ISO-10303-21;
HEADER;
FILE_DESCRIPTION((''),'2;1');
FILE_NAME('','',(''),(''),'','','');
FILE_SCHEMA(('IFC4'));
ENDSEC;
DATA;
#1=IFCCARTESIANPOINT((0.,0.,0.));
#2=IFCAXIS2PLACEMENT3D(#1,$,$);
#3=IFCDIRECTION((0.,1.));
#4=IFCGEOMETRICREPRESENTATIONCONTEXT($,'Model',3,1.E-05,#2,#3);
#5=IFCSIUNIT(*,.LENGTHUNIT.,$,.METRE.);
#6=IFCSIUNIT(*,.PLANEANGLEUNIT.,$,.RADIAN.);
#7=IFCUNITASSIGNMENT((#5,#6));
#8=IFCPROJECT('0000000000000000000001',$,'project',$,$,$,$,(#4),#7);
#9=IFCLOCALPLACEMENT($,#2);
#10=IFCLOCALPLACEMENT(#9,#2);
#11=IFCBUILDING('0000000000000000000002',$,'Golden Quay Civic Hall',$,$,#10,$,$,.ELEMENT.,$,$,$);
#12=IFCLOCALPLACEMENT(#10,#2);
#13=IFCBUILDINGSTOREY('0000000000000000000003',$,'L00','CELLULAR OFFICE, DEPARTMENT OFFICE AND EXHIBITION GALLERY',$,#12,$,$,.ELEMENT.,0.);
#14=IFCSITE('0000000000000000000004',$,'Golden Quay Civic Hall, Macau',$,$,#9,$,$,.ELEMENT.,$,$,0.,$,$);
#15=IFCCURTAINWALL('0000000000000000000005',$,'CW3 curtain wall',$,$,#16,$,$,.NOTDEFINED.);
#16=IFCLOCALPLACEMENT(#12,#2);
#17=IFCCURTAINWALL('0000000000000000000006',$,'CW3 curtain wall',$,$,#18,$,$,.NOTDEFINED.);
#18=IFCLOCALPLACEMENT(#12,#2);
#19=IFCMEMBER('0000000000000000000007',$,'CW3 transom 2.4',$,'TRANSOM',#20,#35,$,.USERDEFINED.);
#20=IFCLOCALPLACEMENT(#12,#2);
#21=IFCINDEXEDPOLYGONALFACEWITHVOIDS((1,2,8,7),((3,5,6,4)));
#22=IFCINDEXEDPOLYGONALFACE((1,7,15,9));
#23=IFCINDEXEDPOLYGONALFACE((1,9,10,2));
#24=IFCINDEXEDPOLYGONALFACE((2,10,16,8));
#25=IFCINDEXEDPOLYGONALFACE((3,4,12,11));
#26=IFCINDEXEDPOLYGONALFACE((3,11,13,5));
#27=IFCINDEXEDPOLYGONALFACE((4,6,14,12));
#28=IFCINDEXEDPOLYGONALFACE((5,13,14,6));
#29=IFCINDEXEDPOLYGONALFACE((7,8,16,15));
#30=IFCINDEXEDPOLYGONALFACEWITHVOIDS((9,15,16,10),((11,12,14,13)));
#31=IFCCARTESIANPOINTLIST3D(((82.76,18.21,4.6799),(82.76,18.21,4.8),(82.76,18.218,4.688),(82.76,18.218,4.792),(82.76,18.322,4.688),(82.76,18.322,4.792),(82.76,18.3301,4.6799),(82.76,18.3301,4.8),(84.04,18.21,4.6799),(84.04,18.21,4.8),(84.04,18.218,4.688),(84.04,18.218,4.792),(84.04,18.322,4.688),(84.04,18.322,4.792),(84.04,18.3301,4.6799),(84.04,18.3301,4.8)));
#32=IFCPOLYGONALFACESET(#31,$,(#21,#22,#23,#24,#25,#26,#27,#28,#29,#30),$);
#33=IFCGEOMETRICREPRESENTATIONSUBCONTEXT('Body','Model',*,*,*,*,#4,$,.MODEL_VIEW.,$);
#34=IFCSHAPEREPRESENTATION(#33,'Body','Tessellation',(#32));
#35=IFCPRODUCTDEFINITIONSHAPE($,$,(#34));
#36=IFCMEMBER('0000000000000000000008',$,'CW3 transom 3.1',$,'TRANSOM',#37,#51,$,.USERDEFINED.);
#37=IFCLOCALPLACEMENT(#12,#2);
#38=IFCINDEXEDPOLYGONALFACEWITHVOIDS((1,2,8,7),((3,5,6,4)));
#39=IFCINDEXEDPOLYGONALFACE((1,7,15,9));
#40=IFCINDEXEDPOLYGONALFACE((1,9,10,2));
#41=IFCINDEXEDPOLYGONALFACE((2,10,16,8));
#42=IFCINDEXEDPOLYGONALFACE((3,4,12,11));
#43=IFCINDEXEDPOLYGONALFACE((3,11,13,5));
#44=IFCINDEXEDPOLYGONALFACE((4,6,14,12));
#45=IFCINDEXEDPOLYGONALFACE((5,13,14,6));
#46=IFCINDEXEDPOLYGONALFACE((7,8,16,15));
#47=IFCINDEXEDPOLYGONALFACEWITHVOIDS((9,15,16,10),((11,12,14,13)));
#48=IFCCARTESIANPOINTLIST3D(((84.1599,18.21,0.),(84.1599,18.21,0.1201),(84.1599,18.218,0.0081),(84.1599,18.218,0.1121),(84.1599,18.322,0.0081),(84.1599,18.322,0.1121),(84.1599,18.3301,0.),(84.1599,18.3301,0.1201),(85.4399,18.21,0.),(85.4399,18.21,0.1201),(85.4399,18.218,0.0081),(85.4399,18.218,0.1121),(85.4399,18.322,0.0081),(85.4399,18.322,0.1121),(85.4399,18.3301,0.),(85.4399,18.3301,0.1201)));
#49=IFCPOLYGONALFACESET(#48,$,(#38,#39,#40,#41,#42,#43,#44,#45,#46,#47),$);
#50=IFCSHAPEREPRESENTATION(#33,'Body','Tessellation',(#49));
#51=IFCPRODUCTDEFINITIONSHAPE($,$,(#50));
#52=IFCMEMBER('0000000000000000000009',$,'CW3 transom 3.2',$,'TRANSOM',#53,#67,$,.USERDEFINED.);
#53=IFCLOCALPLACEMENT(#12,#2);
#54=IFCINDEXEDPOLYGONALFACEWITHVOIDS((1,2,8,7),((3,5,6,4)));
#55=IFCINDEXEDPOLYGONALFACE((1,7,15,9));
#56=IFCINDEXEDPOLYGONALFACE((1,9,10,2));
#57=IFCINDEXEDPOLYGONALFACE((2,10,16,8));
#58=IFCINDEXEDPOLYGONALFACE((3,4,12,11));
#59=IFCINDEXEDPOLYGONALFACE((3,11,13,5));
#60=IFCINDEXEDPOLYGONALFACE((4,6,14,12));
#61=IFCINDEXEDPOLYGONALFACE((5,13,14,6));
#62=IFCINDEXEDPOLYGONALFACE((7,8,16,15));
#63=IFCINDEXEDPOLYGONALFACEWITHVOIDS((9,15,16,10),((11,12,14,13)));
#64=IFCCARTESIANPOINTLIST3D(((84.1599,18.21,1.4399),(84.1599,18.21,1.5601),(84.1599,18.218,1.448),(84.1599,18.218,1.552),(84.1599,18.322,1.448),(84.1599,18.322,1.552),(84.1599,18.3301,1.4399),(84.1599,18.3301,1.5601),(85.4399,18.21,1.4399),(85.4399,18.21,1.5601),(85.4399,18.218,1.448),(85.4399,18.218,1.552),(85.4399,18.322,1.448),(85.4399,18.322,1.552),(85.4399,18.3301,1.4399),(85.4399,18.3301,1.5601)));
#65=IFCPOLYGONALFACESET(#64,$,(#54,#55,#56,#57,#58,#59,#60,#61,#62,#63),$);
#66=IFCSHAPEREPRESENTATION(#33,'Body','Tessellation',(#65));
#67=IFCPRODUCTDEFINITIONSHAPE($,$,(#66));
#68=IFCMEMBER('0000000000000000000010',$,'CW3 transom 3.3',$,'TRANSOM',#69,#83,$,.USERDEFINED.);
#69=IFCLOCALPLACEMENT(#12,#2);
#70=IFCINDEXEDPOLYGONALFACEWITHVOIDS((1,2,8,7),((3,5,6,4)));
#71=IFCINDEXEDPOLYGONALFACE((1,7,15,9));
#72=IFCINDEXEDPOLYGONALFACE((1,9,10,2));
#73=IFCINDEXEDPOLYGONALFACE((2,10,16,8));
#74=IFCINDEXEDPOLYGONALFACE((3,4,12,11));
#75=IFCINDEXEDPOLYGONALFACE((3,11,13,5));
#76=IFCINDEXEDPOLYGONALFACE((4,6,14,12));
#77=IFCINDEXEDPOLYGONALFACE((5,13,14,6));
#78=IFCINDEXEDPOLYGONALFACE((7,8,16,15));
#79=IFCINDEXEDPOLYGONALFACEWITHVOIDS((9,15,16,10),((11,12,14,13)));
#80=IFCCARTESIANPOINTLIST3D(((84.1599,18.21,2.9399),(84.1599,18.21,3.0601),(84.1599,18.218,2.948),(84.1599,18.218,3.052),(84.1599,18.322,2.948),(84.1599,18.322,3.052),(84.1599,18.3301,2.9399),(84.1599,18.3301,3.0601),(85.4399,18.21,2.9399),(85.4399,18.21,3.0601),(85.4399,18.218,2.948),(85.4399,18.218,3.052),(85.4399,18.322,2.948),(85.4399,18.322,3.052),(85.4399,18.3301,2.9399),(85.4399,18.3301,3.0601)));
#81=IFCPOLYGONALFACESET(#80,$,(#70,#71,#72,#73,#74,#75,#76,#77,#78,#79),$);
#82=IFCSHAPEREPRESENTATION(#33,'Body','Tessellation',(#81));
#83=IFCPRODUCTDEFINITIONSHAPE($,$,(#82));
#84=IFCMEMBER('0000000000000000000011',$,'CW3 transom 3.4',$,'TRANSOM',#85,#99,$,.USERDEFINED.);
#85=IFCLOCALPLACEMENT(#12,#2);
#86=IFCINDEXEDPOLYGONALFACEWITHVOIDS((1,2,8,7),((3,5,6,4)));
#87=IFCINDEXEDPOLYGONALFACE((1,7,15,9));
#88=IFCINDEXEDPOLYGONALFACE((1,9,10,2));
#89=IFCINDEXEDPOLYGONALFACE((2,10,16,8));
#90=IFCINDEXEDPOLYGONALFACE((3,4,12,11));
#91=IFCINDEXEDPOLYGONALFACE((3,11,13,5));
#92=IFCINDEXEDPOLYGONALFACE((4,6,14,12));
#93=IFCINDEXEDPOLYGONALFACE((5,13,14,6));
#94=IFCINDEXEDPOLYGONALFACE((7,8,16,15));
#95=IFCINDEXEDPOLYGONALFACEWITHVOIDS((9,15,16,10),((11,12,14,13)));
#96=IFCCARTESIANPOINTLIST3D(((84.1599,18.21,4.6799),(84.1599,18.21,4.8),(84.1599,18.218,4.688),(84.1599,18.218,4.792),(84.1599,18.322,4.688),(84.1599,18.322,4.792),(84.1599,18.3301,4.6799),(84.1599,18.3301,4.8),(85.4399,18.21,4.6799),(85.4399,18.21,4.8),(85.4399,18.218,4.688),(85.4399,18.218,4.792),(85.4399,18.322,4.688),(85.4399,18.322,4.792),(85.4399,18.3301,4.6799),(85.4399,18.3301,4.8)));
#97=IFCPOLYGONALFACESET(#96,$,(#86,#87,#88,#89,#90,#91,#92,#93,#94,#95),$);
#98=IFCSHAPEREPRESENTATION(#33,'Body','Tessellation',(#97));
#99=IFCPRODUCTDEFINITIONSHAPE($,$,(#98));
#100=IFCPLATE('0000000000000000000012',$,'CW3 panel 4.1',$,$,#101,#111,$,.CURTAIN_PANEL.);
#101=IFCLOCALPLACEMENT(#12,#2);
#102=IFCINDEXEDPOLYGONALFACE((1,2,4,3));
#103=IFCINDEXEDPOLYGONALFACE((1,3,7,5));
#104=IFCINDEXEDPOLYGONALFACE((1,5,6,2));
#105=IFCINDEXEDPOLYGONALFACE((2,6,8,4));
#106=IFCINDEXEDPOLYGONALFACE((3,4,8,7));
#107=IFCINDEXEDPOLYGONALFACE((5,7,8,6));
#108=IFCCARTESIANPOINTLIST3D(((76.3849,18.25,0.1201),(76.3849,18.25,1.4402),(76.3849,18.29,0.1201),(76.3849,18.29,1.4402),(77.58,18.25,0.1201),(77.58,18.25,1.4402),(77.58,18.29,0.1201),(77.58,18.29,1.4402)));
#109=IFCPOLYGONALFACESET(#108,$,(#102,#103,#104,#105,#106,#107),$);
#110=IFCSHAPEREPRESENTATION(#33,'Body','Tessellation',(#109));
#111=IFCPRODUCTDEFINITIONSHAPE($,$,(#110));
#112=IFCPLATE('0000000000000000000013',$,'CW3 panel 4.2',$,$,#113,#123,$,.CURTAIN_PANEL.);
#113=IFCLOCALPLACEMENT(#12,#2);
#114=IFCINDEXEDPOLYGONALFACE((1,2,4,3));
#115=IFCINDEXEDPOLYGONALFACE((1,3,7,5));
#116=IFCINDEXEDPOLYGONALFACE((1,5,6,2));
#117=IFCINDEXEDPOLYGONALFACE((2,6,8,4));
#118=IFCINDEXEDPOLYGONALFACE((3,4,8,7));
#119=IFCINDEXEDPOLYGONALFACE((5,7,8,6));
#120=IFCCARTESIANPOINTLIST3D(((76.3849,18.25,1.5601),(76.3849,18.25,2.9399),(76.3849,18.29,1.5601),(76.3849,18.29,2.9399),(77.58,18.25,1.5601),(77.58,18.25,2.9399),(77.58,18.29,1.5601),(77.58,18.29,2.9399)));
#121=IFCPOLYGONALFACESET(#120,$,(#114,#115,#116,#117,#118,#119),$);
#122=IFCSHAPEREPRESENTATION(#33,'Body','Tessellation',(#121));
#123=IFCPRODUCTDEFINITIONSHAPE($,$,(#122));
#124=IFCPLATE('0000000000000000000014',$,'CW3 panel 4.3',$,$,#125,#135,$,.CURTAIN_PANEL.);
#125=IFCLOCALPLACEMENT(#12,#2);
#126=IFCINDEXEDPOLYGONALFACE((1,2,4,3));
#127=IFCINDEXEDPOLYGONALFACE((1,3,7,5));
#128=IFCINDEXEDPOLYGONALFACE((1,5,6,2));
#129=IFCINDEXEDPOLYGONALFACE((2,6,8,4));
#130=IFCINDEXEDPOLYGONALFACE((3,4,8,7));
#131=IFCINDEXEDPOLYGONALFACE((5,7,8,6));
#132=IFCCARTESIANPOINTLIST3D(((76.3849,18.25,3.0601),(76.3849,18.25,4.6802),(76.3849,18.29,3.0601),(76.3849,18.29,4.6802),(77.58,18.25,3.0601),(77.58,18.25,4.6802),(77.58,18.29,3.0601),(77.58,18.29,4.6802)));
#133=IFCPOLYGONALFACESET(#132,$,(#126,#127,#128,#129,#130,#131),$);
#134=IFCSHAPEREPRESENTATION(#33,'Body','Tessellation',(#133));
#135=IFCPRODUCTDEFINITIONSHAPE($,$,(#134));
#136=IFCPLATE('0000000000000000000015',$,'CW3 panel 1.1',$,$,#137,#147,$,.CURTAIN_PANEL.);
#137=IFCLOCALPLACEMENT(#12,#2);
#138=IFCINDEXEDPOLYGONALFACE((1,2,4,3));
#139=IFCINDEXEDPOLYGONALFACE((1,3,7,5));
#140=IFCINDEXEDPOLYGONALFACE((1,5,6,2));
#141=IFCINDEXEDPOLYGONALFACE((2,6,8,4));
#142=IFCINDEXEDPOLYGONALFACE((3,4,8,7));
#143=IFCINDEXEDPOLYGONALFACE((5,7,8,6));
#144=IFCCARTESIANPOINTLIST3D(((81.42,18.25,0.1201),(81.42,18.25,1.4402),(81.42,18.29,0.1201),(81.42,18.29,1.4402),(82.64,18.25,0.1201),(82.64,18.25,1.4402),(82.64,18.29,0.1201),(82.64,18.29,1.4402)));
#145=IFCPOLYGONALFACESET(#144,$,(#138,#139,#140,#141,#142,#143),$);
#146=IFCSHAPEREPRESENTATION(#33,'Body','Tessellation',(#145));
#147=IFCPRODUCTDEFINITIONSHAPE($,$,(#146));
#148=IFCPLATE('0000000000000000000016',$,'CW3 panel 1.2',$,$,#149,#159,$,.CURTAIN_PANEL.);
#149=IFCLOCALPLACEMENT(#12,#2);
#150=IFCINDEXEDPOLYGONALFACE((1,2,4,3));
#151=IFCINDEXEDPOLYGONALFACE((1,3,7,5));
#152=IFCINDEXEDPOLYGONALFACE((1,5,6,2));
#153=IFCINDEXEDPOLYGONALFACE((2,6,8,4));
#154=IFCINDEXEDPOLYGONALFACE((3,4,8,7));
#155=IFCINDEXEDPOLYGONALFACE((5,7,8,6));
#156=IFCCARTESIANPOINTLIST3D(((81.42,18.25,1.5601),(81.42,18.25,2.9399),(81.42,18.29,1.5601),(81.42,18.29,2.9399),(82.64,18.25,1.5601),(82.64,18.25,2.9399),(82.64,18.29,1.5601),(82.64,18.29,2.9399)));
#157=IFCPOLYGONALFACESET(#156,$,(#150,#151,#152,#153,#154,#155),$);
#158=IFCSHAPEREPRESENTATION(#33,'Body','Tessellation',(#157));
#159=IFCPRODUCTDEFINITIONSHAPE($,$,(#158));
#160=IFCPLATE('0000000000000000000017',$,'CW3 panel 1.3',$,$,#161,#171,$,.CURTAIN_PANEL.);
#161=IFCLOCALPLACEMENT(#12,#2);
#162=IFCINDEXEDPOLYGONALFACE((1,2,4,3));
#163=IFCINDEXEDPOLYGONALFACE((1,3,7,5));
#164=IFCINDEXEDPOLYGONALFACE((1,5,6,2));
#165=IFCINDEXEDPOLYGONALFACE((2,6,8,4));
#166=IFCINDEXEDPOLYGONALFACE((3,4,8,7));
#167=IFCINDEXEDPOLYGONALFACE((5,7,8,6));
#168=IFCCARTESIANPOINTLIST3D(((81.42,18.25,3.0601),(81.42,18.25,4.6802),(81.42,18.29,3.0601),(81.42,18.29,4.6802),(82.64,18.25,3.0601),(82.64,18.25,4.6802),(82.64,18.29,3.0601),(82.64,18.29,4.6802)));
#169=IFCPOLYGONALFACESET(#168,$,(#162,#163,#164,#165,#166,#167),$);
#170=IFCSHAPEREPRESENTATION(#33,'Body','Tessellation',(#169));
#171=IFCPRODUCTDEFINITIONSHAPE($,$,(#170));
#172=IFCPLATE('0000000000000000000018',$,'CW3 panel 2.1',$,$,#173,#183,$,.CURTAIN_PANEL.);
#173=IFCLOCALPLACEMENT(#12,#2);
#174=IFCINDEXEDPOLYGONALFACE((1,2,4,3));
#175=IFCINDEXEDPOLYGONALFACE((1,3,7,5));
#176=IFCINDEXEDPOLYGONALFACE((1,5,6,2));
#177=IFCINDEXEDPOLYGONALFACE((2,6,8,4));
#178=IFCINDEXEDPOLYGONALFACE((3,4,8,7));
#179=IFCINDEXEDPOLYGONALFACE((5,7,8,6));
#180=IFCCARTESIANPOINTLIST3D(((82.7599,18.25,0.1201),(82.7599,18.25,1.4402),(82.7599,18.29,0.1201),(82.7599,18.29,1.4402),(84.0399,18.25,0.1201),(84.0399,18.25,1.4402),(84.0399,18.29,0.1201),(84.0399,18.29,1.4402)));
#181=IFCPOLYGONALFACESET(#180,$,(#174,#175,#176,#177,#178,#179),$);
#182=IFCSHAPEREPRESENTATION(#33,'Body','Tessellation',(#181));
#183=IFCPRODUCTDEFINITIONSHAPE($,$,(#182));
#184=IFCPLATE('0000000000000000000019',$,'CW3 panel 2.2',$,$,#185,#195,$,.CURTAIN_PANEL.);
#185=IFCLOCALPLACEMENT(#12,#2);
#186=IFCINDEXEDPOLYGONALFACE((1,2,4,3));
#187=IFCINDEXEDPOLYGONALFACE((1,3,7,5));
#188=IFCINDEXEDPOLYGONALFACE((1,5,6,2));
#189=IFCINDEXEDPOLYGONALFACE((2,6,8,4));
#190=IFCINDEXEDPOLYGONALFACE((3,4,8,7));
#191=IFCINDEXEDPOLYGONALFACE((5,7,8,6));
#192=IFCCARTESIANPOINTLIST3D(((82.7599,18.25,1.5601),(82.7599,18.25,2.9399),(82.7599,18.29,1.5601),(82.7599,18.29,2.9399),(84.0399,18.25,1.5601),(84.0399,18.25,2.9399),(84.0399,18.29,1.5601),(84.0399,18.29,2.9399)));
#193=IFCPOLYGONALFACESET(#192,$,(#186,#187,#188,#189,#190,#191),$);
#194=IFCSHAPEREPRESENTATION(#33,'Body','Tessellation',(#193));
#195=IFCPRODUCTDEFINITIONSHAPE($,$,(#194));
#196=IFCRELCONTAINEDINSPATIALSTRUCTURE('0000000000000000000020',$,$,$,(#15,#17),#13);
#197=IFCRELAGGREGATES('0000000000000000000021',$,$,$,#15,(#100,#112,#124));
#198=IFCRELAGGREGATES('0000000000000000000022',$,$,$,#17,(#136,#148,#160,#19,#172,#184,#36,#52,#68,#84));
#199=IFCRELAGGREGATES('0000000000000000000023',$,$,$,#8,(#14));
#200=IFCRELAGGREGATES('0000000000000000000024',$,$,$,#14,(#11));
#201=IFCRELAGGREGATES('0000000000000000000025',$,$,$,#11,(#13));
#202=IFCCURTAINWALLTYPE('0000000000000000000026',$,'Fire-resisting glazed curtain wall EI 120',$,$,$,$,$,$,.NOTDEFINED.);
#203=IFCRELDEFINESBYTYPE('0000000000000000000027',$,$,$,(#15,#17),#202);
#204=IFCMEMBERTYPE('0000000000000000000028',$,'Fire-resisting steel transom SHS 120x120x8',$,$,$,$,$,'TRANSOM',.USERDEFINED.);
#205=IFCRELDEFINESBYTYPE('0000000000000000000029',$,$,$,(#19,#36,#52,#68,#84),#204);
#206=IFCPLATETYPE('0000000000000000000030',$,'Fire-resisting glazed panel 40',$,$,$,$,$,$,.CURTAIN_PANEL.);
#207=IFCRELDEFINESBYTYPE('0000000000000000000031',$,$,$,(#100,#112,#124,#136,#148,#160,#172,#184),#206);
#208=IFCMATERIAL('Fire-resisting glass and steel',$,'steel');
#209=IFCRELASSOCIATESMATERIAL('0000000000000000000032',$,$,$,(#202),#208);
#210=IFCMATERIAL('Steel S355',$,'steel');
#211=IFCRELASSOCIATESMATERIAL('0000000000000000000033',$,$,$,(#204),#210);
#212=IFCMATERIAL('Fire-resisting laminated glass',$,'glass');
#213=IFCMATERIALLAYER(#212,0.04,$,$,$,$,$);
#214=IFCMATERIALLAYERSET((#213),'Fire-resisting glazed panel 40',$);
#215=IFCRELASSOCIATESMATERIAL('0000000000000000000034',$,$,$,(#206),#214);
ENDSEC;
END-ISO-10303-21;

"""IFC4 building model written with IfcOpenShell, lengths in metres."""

from ifc_helpers import new_model, si_unit, direction, frame, origin, origin_2d, place, context, subcontext, project, spatial, rectangle, hollow_rectangle, extrude, material, layer, layer_set, material_profile, profile_set, type_object, element, aggregate, save


model = new_model("IFC4")

# Units and contexts
model_context = context("Model", 3, precision=1e-05, world=origin(), true_north=direction((0.0, 1.0)))
body_context = subcontext(model_context, "Body", "Model", "MODEL_VIEW")
ifc_project = project(units=[si_unit("LENGTHUNIT", "METRE"), si_unit("PLANEANGLEUNIT", "RADIAN")], contexts=[model_context])

# Site, building, storey
site_placement = place(None, origin())
site = spatial("IfcSite", under=ifc_project, at=site_placement, Name="Golden Quay Civic Hall, Macau", CompositionType="ELEMENT", RefElevation=0.0)
building_placement = place(site_placement, origin())
building = spatial("IfcBuilding", under=site, at=building_placement, Name="Golden Quay Civic Hall", CompositionType="ELEMENT")
storey_placement = place(building_placement, origin())
storey = spatial("IfcBuildingStorey", under=building, at=storey_placement, Name="L00", Description="CELLULAR OFFICE, DEPARTMENT OFFICE AND EXHIBITION GALLERY", CompositionType="ELEMENT", Elevation=0.0)

# Curtain wall
ifc_material_1 = material(Name="Fire-resisting glass and steel", Category="steel")
curtain_wall_type = type_object("IfcCurtainWallType", Name="Fire-resisting glazed curtain wall EI 120", PredefinedType="NOTDEFINED", material=ifc_material_1)
curtain_wall_1_placement = place(storey_placement, origin())
curtain_wall_1 = element("IfcCurtainWall", 1, at=curtain_wall_1_placement, inside=storey, type_object=curtain_wall_type, Name="CW3 curtain wall", PredefinedType="NOTDEFINED")

# Curtain wall, members
curtain_wall_2_placement = place(storey_placement, origin())
curtain_wall_2 = element("IfcCurtainWall", 2, at=curtain_wall_2_placement, inside=storey, type_object=curtain_wall_type, Name="CW3 curtain wall", PredefinedType="NOTDEFINED")
ifc_material_2 = material(Name="Steel S355", Category="steel")
ifc_material_profile_1 = material_profile(ifc_material_2, hollow_rectangle(XDim=0.1201, YDim=0.1201, WallThickness=0.0081, at=origin_2d()), Name="SHS 120x120x8")
ifc_profile_set_1 = profile_set([ifc_material_profile_1], Name="Steel S355")
member_type_1 = type_object("IfcMemberType", Name="Fire-resisting steel transom SHS 120x120x8", ElementType="TRANSOM", PredefinedType="USERDEFINED", material=ifc_profile_set_1)
member_1_placement = place(storey_placement, frame((82.76, 18.27, 4.74), z_axis=(1.0, 0.0, 0.0), x_axis=(0.0, 1.0, 0.0)))
member_1 = element("IfcMember", 3, at=member_1_placement, type_object=member_type_1, Name="CW3 transom 2.4", ObjectType="TRANSOM", PredefinedType="USERDEFINED", context=body_context, shape_type="SweptSolid", body=[
    extrude(hollow_rectangle(XDim=0.1201, YDim=0.1201, WallThickness=0.0081, at=origin_2d()), origin(), (0.0, 0.0, 1.0), 1.28),
])
member_2_placement = place(storey_placement, frame((84.1599, 18.27, 0.0601), z_axis=(1.0, 0.0, 0.0), x_axis=(0.0, 1.0, 0.0)))
member_2 = element("IfcMember", 4, at=member_2_placement, type_object=member_type_1, Name="CW3 transom 3.1", ObjectType="TRANSOM", PredefinedType="USERDEFINED", context=body_context, shape_type="SweptSolid", body=[
    extrude(hollow_rectangle(XDim=0.1201, YDim=0.1201, WallThickness=0.0081, at=origin_2d()), origin(), (0.0, 0.0, 1.0), 1.28),
])
member_3_placement = place(storey_placement, frame((84.1599, 18.27, 1.5), z_axis=(1.0, 0.0, 0.0), x_axis=(0.0, 1.0, 0.0)))
member_3 = element("IfcMember", 5, at=member_3_placement, type_object=member_type_1, Name="CW3 transom 3.2", ObjectType="TRANSOM", PredefinedType="USERDEFINED", context=body_context, shape_type="SweptSolid", body=[
    extrude(hollow_rectangle(XDim=0.1201, YDim=0.1201, WallThickness=0.0081, at=origin_2d()), origin(), (0.0, 0.0, 1.0), 1.28),
])
member_4_placement = place(storey_placement, frame((84.1599, 18.27, 3.0), z_axis=(1.0, 0.0, 0.0), x_axis=(0.0, 1.0, 0.0)))
member_4 = element("IfcMember", 6, at=member_4_placement, type_object=member_type_1, Name="CW3 transom 3.3", ObjectType="TRANSOM", PredefinedType="USERDEFINED", context=body_context, shape_type="SweptSolid", body=[
    extrude(hollow_rectangle(XDim=0.1201, YDim=0.1201, WallThickness=0.0081, at=origin_2d()), origin(), (0.0, 0.0, 1.0), 1.28),
])
member_5_placement = place(storey_placement, frame((84.1599, 18.27, 4.74), z_axis=(1.0, 0.0, 0.0), x_axis=(0.0, 1.0, 0.0)))
member_5 = element("IfcMember", 7, at=member_5_placement, type_object=member_type_1, Name="CW3 transom 3.4", ObjectType="TRANSOM", PredefinedType="USERDEFINED", context=body_context, shape_type="SweptSolid", body=[
    extrude(hollow_rectangle(XDim=0.1201, YDim=0.1201, WallThickness=0.0081, at=origin_2d()), origin(), (0.0, 0.0, 1.0), 1.28),
])

# Plates
ifc_material_3 = material(Name="Fire-resisting laminated glass", Category="glass")
ifc_layer_1 = layer(ifc_material_3, 0.04)
ifc_layer_set_1 = layer_set([ifc_layer_1], Name="Fire-resisting glazed panel 40")
plate_type = type_object("IfcPlateType", Name="Fire-resisting glazed panel 40", PredefinedType="CURTAIN_PANEL", material=ifc_layer_set_1)
plate_1_placement = place(storey_placement, frame((76.9824, 18.27, 0.1201), z_axis=(0.0, 0.0, 1.0), x_axis=(1.0, 0.0, 0.0)))
plate_1 = element("IfcPlate", 8, at=plate_1_placement, type_object=plate_type, Name="CW3 panel 4.1", PredefinedType="CURTAIN_PANEL", context=body_context, shape_type="SweptSolid", body=[
    extrude(rectangle(XDim=1.1951, YDim=0.04, at=origin_2d()), origin(), (0.0, 0.0, 1.0), 1.3201),
])
plate_2_placement = place(storey_placement, frame((76.9824, 18.27, 1.5601), z_axis=(0.0, 0.0, 1.0), x_axis=(1.0, 0.0, 0.0)))
plate_2 = element("IfcPlate", 9, at=plate_2_placement, type_object=plate_type, Name="CW3 panel 4.2", PredefinedType="CURTAIN_PANEL", context=body_context, shape_type="SweptSolid", body=[
    extrude(rectangle(XDim=1.1951, YDim=0.04, at=origin_2d()), origin(), (0.0, 0.0, 1.0), 1.3799),
])
plate_3_placement = place(storey_placement, frame((76.9824, 18.27, 3.0601), z_axis=(0.0, 0.0, 1.0), x_axis=(1.0, 0.0, 0.0)))
plate_3 = element("IfcPlate", 10, at=plate_3_placement, type_object=plate_type, Name="CW3 panel 4.3", PredefinedType="CURTAIN_PANEL", context=body_context, shape_type="SweptSolid", body=[
    extrude(rectangle(XDim=1.1951, YDim=0.04, at=origin_2d()), origin(), (0.0, 0.0, 1.0), 1.6201),
])
aggregate(curtain_wall_1, [plate_1, plate_2, plate_3])
plate_4_placement = place(storey_placement, frame((82.03, 18.27, 0.1201), z_axis=(0.0, 0.0, 1.0), x_axis=(1.0, 0.0, 0.0)))
plate_4 = element("IfcPlate", 11, at=plate_4_placement, type_object=plate_type, Name="CW3 panel 1.1", PredefinedType="CURTAIN_PANEL", context=body_context, shape_type="SweptSolid", body=[
    extrude(rectangle(XDim=1.22, YDim=0.04, at=origin_2d()), origin(), (0.0, 0.0, 1.0), 1.3201),
])
plate_5_placement = place(storey_placement, frame((82.03, 18.27, 1.5601), z_axis=(0.0, 0.0, 1.0), x_axis=(1.0, 0.0, 0.0)))
plate_5 = element("IfcPlate", 12, at=plate_5_placement, type_object=plate_type, Name="CW3 panel 1.2", PredefinedType="CURTAIN_PANEL", context=body_context, shape_type="SweptSolid", body=[
    extrude(rectangle(XDim=1.22, YDim=0.04, at=origin_2d()), origin(), (0.0, 0.0, 1.0), 1.3799),
])
plate_6_placement = place(storey_placement, frame((82.03, 18.27, 3.0601), z_axis=(0.0, 0.0, 1.0), x_axis=(1.0, 0.0, 0.0)))
plate_6 = element("IfcPlate", 13, at=plate_6_placement, type_object=plate_type, Name="CW3 panel 1.3", PredefinedType="CURTAIN_PANEL", context=body_context, shape_type="SweptSolid", body=[
    extrude(rectangle(XDim=1.22, YDim=0.04, at=origin_2d()), origin(), (0.0, 0.0, 1.0), 1.6201),
])
plate_7_placement = place(storey_placement, frame((83.3999, 18.27, 0.1201), z_axis=(0.0, 0.0, 1.0), x_axis=(1.0, 0.0, 0.0)))
plate_7 = element("IfcPlate", 14, at=plate_7_placement, type_object=plate_type, Name="CW3 panel 2.1", PredefinedType="CURTAIN_PANEL", context=body_context, shape_type="SweptSolid", body=[
    extrude(rectangle(XDim=1.28, YDim=0.04, at=origin_2d()), origin(), (0.0, 0.0, 1.0), 1.3201),
])
plate_8_placement = place(storey_placement, frame((83.3999, 18.27, 1.5601), z_axis=(0.0, 0.0, 1.0), x_axis=(1.0, 0.0, 0.0)))
plate_8 = element("IfcPlate", 15, at=plate_8_placement, type_object=plate_type, Name="CW3 panel 2.2", PredefinedType="CURTAIN_PANEL", context=body_context, shape_type="SweptSolid", body=[
    extrude(rectangle(XDim=1.28, YDim=0.04, at=origin_2d()), origin(), (0.0, 0.0, 1.0), 1.3799),
])
aggregate(curtain_wall_2, [plate_4, plate_5, plate_6, member_1, plate_7, plate_8, member_2, member_3, member_4, member_5])

save(model, "model.ifc")
